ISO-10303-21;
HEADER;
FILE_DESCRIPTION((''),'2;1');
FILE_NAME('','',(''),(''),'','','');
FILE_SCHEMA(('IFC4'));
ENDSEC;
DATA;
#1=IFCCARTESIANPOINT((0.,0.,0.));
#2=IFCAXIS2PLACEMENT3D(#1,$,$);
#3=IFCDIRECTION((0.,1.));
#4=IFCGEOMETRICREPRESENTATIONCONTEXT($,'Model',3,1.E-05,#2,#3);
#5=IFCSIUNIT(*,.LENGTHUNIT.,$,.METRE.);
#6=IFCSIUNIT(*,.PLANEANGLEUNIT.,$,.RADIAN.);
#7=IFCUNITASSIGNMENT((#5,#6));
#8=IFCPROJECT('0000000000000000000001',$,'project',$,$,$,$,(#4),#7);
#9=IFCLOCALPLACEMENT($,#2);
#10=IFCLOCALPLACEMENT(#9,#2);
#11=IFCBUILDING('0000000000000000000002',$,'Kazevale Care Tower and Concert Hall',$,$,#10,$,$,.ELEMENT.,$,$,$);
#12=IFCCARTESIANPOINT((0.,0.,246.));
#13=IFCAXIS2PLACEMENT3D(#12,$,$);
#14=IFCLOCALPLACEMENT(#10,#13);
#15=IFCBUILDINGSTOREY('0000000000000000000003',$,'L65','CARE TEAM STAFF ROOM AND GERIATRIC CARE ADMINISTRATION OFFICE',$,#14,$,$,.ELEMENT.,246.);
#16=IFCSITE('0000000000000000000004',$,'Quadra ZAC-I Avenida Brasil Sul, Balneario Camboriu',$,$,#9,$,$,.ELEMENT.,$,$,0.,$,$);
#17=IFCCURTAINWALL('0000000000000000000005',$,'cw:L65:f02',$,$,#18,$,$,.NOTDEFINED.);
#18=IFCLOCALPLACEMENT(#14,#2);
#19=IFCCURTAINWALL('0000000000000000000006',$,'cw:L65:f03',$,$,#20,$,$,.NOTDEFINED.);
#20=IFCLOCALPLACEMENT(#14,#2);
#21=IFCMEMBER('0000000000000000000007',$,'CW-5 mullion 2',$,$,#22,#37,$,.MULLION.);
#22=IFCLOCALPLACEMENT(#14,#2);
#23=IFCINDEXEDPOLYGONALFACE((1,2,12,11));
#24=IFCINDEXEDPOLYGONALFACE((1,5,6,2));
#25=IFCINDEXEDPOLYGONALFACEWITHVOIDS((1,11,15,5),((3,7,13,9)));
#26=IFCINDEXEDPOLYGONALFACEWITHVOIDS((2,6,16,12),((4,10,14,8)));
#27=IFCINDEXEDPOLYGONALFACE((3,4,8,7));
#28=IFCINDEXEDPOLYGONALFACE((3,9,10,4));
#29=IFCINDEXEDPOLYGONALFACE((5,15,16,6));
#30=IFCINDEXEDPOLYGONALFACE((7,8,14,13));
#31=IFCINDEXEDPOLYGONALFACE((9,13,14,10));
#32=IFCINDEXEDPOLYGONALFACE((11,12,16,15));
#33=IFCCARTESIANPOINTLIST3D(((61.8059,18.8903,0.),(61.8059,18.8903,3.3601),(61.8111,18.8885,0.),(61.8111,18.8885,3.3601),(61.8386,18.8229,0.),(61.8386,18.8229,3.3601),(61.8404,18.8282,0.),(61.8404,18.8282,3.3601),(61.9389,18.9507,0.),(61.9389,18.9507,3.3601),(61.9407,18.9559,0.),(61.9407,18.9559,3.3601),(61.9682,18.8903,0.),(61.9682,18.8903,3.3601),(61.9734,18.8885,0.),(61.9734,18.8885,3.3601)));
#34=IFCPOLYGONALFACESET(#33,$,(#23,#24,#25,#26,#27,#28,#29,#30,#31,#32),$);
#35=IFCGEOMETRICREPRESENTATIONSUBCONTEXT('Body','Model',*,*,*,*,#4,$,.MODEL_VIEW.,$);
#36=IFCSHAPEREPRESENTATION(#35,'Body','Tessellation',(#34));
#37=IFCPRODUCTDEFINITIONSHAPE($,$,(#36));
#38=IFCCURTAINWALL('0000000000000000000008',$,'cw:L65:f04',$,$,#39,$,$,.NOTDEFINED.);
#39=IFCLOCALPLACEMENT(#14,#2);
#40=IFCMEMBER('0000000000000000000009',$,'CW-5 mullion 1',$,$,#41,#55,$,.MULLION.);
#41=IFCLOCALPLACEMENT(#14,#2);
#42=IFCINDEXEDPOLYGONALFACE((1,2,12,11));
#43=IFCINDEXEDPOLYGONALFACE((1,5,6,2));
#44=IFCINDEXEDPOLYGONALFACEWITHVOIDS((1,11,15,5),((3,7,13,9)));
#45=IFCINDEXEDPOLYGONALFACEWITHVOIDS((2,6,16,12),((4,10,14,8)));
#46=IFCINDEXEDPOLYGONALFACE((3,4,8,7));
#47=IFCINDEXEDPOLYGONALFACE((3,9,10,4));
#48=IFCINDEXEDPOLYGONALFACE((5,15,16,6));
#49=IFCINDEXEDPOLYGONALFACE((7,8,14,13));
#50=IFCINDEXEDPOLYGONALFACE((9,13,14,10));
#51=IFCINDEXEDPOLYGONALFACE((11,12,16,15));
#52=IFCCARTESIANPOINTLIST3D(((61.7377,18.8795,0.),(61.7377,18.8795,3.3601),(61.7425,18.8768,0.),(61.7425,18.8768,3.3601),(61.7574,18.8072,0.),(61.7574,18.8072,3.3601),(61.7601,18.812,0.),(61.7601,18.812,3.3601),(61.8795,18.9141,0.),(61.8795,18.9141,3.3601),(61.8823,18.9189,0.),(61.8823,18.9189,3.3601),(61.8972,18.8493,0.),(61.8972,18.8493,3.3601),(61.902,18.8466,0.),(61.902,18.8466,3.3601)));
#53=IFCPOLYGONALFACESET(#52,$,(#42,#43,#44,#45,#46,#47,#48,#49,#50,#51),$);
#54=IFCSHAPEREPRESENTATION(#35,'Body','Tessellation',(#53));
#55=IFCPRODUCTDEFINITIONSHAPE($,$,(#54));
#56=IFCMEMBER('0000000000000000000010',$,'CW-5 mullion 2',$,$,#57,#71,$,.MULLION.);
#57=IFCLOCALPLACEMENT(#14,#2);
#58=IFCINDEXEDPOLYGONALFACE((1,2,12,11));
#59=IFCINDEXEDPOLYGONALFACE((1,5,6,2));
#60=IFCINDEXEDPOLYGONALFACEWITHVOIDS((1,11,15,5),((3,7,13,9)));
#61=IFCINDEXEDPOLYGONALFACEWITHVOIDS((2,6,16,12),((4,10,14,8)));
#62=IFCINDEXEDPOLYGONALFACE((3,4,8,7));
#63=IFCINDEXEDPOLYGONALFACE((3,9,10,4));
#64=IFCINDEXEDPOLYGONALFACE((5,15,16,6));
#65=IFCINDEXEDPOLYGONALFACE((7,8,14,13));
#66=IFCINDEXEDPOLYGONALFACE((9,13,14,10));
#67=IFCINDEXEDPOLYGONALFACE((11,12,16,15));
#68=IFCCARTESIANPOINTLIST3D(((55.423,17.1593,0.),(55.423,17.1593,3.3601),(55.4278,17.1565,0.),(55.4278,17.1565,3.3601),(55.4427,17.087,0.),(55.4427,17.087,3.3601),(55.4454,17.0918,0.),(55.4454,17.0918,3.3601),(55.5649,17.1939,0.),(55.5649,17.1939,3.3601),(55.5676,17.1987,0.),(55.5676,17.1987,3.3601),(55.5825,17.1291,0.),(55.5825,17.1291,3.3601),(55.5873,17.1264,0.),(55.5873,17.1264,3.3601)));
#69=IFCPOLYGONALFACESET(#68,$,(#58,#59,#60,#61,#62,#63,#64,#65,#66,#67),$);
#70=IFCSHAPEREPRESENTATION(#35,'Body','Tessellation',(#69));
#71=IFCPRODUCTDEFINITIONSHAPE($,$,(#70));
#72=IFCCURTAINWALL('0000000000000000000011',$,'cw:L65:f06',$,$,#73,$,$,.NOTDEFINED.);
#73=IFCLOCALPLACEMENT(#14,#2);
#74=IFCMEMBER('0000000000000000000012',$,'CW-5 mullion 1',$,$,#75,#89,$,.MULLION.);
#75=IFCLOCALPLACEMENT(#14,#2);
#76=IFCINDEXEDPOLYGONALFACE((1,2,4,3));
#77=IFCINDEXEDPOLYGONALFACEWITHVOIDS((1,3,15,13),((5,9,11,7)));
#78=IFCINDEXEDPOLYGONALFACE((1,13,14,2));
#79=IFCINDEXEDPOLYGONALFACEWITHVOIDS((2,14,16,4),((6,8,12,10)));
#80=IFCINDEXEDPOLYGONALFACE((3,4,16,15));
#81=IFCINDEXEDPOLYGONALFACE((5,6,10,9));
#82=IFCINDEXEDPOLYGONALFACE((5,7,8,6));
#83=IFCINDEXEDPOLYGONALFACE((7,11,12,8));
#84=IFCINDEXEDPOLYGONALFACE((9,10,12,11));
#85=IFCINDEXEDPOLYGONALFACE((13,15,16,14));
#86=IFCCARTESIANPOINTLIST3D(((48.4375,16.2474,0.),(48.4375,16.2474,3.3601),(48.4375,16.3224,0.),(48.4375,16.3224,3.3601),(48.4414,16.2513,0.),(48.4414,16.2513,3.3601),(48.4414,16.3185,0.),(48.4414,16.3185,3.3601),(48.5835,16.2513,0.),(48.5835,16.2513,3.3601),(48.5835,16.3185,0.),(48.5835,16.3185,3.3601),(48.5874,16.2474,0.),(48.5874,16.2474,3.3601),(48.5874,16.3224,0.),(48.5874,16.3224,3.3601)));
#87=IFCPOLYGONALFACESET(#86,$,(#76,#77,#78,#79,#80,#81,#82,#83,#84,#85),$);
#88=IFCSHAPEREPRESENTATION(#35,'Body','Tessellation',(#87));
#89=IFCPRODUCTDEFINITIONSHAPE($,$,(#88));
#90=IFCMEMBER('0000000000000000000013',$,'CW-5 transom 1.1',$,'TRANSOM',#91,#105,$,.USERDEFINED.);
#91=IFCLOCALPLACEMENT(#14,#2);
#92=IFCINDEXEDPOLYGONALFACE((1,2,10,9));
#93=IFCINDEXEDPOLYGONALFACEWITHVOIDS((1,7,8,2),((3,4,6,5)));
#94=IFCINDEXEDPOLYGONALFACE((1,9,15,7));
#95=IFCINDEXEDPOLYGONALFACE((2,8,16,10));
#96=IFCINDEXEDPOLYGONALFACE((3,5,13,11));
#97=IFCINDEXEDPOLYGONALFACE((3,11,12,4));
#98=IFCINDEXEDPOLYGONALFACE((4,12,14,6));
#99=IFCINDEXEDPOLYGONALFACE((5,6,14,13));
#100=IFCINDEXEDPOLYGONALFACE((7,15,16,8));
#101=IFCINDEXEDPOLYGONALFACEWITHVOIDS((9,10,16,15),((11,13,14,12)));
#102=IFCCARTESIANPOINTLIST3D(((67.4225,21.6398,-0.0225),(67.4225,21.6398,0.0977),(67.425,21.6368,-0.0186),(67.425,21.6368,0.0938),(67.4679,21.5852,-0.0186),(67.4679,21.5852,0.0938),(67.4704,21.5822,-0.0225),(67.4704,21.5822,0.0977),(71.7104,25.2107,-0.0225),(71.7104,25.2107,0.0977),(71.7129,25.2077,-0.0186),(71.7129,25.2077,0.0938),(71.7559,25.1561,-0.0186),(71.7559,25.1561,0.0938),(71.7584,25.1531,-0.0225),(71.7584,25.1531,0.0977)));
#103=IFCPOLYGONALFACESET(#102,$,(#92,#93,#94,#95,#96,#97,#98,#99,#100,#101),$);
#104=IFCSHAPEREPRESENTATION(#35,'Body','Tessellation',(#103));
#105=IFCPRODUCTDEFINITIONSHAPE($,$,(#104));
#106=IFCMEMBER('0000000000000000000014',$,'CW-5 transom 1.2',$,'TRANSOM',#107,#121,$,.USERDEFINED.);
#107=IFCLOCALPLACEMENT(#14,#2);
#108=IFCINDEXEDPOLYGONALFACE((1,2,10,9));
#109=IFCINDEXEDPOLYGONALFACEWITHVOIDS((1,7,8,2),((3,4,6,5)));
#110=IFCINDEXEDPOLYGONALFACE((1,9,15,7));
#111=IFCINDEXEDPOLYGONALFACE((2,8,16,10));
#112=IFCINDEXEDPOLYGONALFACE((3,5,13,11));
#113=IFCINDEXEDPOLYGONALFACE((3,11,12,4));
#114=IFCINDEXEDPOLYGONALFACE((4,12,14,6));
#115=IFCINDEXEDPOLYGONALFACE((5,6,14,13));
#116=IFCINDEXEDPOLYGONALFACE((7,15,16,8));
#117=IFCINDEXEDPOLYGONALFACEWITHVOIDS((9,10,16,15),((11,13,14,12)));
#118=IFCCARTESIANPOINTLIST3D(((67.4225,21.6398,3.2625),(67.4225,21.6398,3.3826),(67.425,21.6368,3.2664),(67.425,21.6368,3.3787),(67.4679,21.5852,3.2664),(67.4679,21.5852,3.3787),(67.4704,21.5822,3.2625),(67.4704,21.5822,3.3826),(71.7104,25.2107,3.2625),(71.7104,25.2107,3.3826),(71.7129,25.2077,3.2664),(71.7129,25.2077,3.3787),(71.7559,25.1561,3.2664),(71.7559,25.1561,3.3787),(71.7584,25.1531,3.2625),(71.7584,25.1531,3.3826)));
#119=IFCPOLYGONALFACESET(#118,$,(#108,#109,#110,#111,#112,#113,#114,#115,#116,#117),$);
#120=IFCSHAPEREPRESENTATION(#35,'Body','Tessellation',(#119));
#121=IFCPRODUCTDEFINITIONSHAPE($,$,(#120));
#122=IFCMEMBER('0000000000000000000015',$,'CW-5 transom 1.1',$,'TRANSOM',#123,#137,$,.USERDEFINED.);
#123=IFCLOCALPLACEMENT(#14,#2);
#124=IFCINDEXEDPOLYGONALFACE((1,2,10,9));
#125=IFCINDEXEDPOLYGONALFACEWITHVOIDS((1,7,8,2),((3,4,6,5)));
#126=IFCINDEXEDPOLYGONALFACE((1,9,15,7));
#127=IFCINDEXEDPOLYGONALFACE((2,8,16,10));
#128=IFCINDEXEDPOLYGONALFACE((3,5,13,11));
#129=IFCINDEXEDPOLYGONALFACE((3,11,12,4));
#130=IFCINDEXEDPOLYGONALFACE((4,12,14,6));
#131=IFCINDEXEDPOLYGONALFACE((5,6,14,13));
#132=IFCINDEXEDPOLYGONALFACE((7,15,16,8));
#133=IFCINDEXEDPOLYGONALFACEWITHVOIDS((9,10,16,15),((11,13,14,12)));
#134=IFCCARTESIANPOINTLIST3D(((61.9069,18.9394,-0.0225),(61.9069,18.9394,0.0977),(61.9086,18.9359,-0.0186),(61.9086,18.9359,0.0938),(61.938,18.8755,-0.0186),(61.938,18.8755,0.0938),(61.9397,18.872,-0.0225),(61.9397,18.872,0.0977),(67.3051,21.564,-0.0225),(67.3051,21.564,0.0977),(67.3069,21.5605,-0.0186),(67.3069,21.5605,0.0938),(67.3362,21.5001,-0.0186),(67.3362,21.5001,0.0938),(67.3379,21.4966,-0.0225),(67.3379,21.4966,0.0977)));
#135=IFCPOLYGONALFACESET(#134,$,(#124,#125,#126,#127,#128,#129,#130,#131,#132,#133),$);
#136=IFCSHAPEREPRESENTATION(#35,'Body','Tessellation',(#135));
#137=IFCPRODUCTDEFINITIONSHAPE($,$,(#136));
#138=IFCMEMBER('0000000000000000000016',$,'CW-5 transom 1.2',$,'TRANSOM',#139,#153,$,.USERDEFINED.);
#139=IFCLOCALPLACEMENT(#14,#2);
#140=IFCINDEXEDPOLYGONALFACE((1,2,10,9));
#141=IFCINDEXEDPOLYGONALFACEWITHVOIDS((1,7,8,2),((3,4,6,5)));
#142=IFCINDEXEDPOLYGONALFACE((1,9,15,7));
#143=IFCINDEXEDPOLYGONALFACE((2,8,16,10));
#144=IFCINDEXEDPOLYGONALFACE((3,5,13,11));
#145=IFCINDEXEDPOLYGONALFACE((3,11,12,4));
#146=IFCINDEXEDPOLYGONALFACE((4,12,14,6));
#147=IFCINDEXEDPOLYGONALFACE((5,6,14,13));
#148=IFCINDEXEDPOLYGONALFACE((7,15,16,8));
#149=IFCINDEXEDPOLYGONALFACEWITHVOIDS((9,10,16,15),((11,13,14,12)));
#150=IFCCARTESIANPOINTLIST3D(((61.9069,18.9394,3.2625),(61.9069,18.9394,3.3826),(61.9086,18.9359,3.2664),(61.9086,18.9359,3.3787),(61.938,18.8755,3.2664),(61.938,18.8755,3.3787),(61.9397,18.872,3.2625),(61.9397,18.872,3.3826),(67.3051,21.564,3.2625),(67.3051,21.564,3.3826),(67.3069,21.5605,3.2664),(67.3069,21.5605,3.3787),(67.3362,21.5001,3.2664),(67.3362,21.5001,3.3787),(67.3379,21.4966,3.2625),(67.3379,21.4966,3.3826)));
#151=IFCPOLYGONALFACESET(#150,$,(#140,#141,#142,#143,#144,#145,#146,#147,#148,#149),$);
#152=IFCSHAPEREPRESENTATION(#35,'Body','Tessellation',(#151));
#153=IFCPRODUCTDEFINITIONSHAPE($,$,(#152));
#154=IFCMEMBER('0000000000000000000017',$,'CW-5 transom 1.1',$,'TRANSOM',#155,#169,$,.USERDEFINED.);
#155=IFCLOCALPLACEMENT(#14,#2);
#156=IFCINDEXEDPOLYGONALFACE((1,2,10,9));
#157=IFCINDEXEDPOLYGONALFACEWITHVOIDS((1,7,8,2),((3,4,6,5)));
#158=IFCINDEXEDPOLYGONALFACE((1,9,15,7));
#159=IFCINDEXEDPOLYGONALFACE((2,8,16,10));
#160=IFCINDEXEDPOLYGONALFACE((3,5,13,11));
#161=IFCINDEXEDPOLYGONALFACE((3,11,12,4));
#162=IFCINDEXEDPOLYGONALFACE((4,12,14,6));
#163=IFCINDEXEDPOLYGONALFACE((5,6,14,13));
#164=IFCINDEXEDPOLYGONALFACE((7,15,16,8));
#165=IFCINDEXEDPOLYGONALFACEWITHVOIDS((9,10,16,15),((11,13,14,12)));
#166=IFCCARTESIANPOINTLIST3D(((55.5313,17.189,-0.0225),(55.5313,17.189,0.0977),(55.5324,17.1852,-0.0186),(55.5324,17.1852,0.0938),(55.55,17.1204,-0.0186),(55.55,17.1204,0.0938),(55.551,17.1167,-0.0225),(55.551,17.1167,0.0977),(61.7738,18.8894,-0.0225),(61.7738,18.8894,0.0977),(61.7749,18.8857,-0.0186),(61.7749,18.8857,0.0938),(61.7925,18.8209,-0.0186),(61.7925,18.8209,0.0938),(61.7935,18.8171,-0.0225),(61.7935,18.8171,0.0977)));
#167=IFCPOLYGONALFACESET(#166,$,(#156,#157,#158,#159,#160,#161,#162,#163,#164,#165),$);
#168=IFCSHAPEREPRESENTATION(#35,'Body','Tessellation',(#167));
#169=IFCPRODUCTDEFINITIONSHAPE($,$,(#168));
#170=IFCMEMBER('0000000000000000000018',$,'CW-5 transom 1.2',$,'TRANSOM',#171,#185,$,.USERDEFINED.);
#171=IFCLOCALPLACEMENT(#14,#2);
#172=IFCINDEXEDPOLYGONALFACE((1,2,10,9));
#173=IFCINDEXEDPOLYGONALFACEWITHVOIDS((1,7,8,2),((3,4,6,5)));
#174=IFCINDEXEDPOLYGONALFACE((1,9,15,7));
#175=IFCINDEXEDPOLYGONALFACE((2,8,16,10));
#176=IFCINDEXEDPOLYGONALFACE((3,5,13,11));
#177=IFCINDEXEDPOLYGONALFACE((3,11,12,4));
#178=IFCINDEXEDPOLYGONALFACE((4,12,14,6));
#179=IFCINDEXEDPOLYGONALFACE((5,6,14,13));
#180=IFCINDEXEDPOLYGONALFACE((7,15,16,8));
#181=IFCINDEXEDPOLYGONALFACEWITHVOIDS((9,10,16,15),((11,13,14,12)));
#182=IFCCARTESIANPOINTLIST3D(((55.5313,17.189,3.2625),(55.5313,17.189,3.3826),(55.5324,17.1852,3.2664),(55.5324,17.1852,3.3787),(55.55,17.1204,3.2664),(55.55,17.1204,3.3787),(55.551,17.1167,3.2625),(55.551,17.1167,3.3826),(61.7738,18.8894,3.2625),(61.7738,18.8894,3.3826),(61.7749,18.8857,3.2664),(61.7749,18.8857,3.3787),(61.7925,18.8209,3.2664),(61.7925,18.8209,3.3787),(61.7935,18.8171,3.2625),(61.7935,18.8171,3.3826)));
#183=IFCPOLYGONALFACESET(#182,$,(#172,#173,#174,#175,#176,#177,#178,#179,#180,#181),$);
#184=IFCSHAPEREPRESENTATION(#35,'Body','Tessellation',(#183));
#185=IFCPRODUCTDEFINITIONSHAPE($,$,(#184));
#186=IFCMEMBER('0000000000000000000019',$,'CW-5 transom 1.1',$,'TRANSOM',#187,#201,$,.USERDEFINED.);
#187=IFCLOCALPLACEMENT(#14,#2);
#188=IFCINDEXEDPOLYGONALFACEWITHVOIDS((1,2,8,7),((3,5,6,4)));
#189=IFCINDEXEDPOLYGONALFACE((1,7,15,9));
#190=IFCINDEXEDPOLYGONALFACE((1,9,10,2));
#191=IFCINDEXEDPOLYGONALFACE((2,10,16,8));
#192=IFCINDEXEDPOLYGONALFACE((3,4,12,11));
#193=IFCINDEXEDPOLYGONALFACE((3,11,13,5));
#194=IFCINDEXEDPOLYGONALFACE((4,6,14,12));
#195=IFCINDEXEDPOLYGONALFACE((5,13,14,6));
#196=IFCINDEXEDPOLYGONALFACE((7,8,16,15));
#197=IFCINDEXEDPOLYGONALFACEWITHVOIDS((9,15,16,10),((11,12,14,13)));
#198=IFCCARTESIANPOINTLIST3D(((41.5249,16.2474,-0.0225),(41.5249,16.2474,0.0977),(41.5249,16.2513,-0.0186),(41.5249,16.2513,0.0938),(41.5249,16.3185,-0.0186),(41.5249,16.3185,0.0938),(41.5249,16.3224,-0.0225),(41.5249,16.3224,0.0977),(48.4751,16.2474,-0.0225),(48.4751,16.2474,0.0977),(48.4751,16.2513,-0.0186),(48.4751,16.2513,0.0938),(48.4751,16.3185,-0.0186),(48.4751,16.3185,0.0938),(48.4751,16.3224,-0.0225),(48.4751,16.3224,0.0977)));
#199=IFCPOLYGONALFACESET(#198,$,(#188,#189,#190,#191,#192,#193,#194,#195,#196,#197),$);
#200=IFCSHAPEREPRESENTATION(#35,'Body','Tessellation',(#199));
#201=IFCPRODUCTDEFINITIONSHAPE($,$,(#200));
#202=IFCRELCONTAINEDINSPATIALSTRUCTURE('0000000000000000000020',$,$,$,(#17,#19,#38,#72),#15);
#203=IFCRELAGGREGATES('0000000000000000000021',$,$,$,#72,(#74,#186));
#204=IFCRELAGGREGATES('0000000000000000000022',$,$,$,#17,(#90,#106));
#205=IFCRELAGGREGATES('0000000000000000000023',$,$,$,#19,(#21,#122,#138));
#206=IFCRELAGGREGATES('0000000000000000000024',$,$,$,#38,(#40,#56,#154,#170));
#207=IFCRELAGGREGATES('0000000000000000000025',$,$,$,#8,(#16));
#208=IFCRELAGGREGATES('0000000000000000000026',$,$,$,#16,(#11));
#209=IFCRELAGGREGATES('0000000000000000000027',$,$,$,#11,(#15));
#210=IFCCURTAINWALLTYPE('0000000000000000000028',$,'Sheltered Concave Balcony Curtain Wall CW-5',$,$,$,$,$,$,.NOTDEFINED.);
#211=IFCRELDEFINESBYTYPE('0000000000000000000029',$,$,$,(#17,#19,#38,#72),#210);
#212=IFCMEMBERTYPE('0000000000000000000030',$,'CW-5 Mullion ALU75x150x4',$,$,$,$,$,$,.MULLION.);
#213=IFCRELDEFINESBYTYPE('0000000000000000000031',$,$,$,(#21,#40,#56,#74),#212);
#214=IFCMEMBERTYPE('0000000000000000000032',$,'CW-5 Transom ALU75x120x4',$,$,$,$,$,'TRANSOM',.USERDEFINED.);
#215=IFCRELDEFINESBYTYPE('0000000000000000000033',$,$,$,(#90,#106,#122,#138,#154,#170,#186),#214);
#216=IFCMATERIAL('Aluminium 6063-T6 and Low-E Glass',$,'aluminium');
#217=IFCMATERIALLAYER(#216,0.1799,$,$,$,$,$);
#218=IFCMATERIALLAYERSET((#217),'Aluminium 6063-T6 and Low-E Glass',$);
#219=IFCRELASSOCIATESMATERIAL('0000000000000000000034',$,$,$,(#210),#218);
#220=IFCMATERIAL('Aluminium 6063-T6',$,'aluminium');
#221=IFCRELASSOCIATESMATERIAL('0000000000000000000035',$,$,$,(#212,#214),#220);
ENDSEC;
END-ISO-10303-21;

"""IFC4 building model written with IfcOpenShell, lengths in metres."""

from ifc_helpers import new_model, si_unit, direction, frame, origin, origin_2d, place, context, subcontext, project, spatial, hollow_rectangle, extrude, material, layer, layer_set, material_profile, profile_set, type_object, element, aggregate, save


model = new_model("IFC4")

# Units and contexts
model_context = context("Model", 3, precision=1e-05, world=origin(), true_north=direction((0.0, 1.0)))
body_context = subcontext(model_context, "Body", "Model", "MODEL_VIEW")
ifc_project = project(units=[si_unit("LENGTHUNIT", "METRE"), si_unit("PLANEANGLEUNIT", "RADIAN")], contexts=[model_context])

# Site, building, storey
site_placement = place(None, origin())
site = spatial("IfcSite", under=ifc_project, at=site_placement, Name="Quadra ZAC-I Avenida Brasil Sul, Balneario Camboriu", CompositionType="ELEMENT", RefElevation=0.0)
building_placement = place(site_placement, origin())
building = spatial("IfcBuilding", under=site, at=building_placement, Name="Kazevale Care Tower and Concert Hall", CompositionType="ELEMENT")
storey_placement = place(building_placement, frame((0.0, 0.0, 246.0)))
storey = spatial("IfcBuildingStorey", under=building, at=storey_placement, Name="L65", Description="CARE TEAM STAFF ROOM AND GERIATRIC CARE ADMINISTRATION OFFICE", CompositionType="ELEMENT", Elevation=246.0)

# Curtain walls, members
ifc_material_1 = material(Name="Aluminium 6063-T6 and Low-E Glass", Category="aluminium")
ifc_layer_1 = layer(ifc_material_1, 0.1799)
ifc_layer_set_1 = layer_set([ifc_layer_1], Name="Aluminium 6063-T6 and Low-E Glass")
curtain_wall_type = type_object("IfcCurtainWallType", Name="Sheltered Concave Balcony Curtain Wall CW-5", PredefinedType="NOTDEFINED", material=ifc_layer_set_1)
curtain_wall_1_placement = place(storey_placement, origin())
curtain_wall_1 = element("IfcCurtainWall", 1, at=curtain_wall_1_placement, inside=storey, type_object=curtain_wall_type, Name="cw:L65:f02", PredefinedType="NOTDEFINED")
ifc_material_2 = material(Name="Aluminium 6063-T6", Category="aluminium")
ifc_material_profile_1 = material_profile(ifc_material_2, hollow_rectangle(XDim=0.075, YDim=0.1499, WallThickness=0.0039, at=origin_2d()), Name="ALU75x150x4")
ifc_profile_set_1 = profile_set([ifc_material_profile_1], Name="Aluminium 6063-T6")
member_type_1 = type_object("IfcMemberType", Name="CW-5 Mullion ALU75x150x4", PredefinedType="MULLION", material=ifc_profile_set_1)
curtain_wall_2_placement = place(storey_placement, origin())
curtain_wall_2 = element("IfcCurtainWall", 2, at=curtain_wall_2_placement, inside=storey, type_object=curtain_wall_type, Name="cw:L65:f03", PredefinedType="NOTDEFINED")
member_1_placement = place(storey_placement, frame((61.8896, 18.8894, 0.0), z_axis=(0.0, 0.0, 1.0), x_axis=(0.437238, -0.899346, 0.0)))
member_1 = element("IfcMember", 3, at=member_1_placement, type_object=member_type_1, Name="CW-5 mullion 2", PredefinedType="MULLION", context=body_context, shape_type="SweptSolid", body=[
    extrude(hollow_rectangle(XDim=0.075, YDim=0.1499, WallThickness=0.0039, at=origin_2d()), origin(), (0.0, 0.0, 1.0), 3.3601),
])
curtain_wall_3_placement = place(storey_placement, origin())
curtain_wall_3 = element("IfcCurtainWall", 4, at=curtain_wall_3_placement, inside=storey, type_object=curtain_wall_type, Name="cw:L65:f04", PredefinedType="NOTDEFINED")
member_2_placement = place(storey_placement, frame((61.8198, 18.863, 0.0), z_axis=(0.0, 0.0, 1.0), x_axis=(0.262849, -0.964837, 0.0)))
member_2 = element("IfcMember", 5, at=member_2_placement, type_object=member_type_1, Name="CW-5 mullion 1", PredefinedType="MULLION", context=body_context, shape_type="SweptSolid", body=[
    extrude(hollow_rectangle(XDim=0.075, YDim=0.1499, WallThickness=0.0039, at=origin_2d()), origin(), (0.0, 0.0, 1.0), 3.3601),
])
member_3_placement = place(storey_placement, frame((55.5051, 17.1428, 0.0), z_axis=(0.0, 0.0, 1.0), x_axis=(0.262849, -0.964837, 0.0)))
member_3 = element("IfcMember", 6, at=member_3_placement, type_object=member_type_1, Name="CW-5 mullion 2", PredefinedType="MULLION", context=body_context, shape_type="SweptSolid", body=[
    extrude(hollow_rectangle(XDim=0.075, YDim=0.1499, WallThickness=0.0039, at=origin_2d()), origin(), (0.0, 0.0, 1.0), 3.3601),
])

# Curtain wall, member
curtain_wall_4_placement = place(storey_placement, origin())
curtain_wall_4 = element("IfcCurtainWall", 7, at=curtain_wall_4_placement, inside=storey, type_object=curtain_wall_type, Name="cw:L65:f06", PredefinedType="NOTDEFINED")
member_4_placement = place(storey_placement, frame((48.5125, 16.2849, 0.0), z_axis=(0.0, 0.0, 1.0), x_axis=(0.0, -1.0, 0.0)))
member_4 = element("IfcMember", 8, at=member_4_placement, type_object=member_type_1, Name="CW-5 mullion 1", PredefinedType="MULLION", context=body_context, shape_type="SweptSolid", body=[
    extrude(hollow_rectangle(XDim=0.075, YDim=0.1499, WallThickness=0.0039, at=origin_2d()), origin(), (0.0, 0.0, 1.0), 3.3601),
])

# Members
ifc_material_profile_2 = material_profile(ifc_material_2, hollow_rectangle(XDim=0.075, YDim=0.1201, WallThickness=0.0039, at=origin_2d()), Name="ALU75x120x4")
ifc_profile_set_2 = profile_set([ifc_material_profile_2], Name="Aluminium 6063-T6")
member_type_2 = type_object("IfcMemberType", Name="CW-5 Transom ALU75x120x4", ElementType="TRANSOM", PredefinedType="USERDEFINED", material=ifc_profile_set_2)
member_5_placement = place(storey_placement, frame((71.7344, 25.1819, 0.0376), z_axis=(-0.768433, -0.63993, 0.0), x_axis=(0.63993, -0.768433, 0.0)))
member_5 = element("IfcMember", 9, at=member_5_placement, type_object=member_type_2, Name="CW-5 transom 1.1", ObjectType="TRANSOM", PredefinedType="USERDEFINED", context=body_context, shape_type="SweptSolid", body=[
    extrude(hollow_rectangle(XDim=0.075, YDim=0.1201, WallThickness=0.0039, at=origin_2d()), origin(), (0.0, 0.0, 1.0), 5.5801),
])
member_6_placement = place(storey_placement, frame((71.7344, 25.1819, 3.3225), z_axis=(-0.768433, -0.63993, 0.0), x_axis=(0.63993, -0.768433, 0.0)))
member_6 = element("IfcMember", 10, at=member_6_placement, type_object=member_type_2, Name="CW-5 transom 1.2", ObjectType="TRANSOM", PredefinedType="USERDEFINED", context=body_context, shape_type="SweptSolid", body=[
    extrude(hollow_rectangle(XDim=0.075, YDim=0.1201, WallThickness=0.0039, at=origin_2d()), origin(), (0.0, 0.0, 1.0), 5.5801),
])
member_7_placement = place(storey_placement, frame((67.3215, 21.5303, 0.0376), z_axis=(-0.899342, -0.437245, 0.0), x_axis=(0.437245, -0.899342, 0.0)))
member_7 = element("IfcMember", 11, at=member_7_placement, type_object=member_type_2, Name="CW-5 transom 1.1", ObjectType="TRANSOM", PredefinedType="USERDEFINED", context=body_context, shape_type="SweptSolid", body=[
    extrude(hollow_rectangle(XDim=0.075, YDim=0.1201, WallThickness=0.0039, at=origin_2d()), origin(), (0.0, 0.0, 1.0), 6.0024),
])
member_8_placement = place(storey_placement, frame((67.3215, 21.5303, 3.3225), z_axis=(-0.899342, -0.437245, 0.0), x_axis=(0.437245, -0.899342, 0.0)))
member_8 = element("IfcMember", 12, at=member_8_placement, type_object=member_type_2, Name="CW-5 transom 1.2", ObjectType="TRANSOM", PredefinedType="USERDEFINED", context=body_context, shape_type="SweptSolid", body=[
    extrude(hollow_rectangle(XDim=0.075, YDim=0.1201, WallThickness=0.0039, at=origin_2d()), origin(), (0.0, 0.0, 1.0), 6.0024),
])
member_9_placement = place(storey_placement, frame((61.7837, 18.8533, 0.0376), z_axis=(-0.964844, -0.262824, 0.0), x_axis=(0.262824, -0.964844, 0.0)))
member_9 = element("IfcMember", 13, at=member_9_placement, type_object=member_type_2, Name="CW-5 transom 1.1", ObjectType="TRANSOM", PredefinedType="USERDEFINED", context=body_context, shape_type="SweptSolid", body=[
    extrude(hollow_rectangle(XDim=0.075, YDim=0.1201, WallThickness=0.0039, at=origin_2d()), origin(), (0.0, 0.0, 1.0), 6.47),
])
member_10_placement = place(storey_placement, frame((61.7837, 18.8533, 3.3225), z_axis=(-0.964844, -0.262824, 0.0), x_axis=(0.262824, -0.964844, 0.0)))
member_10 = element("IfcMember", 14, at=member_10_placement, type_object=member_type_2, Name="CW-5 transom 1.2", ObjectType="TRANSOM", PredefinedType="USERDEFINED", context=body_context, shape_type="SweptSolid", body=[
    extrude(hollow_rectangle(XDim=0.075, YDim=0.1201, WallThickness=0.0039, at=origin_2d()), origin(), (0.0, 0.0, 1.0), 6.47),
])
member_11_placement = place(storey_placement, frame((48.4751, 16.2849, 0.0376), z_axis=(-1.0, 0.0, 0.0), x_axis=(0.0, -1.0, 0.0)))
member_11 = element("IfcMember", 15, at=member_11_placement, type_object=member_type_2, Name="CW-5 transom 1.1", ObjectType="TRANSOM", PredefinedType="USERDEFINED", context=body_context, shape_type="SweptSolid", body=[
    extrude(hollow_rectangle(XDim=0.075, YDim=0.1201, WallThickness=0.0039, at=origin_2d()), origin(), (0.0, 0.0, 1.0), 6.9502),
])
aggregate(curtain_wall_4, [member_4, member_11])

aggregate(curtain_wall_1, [member_5, member_6])
aggregate(curtain_wall_2, [member_1, member_7, member_8])
aggregate(curtain_wall_3, [member_2, member_3, member_9, member_10])

save(model, "model.ifc")
